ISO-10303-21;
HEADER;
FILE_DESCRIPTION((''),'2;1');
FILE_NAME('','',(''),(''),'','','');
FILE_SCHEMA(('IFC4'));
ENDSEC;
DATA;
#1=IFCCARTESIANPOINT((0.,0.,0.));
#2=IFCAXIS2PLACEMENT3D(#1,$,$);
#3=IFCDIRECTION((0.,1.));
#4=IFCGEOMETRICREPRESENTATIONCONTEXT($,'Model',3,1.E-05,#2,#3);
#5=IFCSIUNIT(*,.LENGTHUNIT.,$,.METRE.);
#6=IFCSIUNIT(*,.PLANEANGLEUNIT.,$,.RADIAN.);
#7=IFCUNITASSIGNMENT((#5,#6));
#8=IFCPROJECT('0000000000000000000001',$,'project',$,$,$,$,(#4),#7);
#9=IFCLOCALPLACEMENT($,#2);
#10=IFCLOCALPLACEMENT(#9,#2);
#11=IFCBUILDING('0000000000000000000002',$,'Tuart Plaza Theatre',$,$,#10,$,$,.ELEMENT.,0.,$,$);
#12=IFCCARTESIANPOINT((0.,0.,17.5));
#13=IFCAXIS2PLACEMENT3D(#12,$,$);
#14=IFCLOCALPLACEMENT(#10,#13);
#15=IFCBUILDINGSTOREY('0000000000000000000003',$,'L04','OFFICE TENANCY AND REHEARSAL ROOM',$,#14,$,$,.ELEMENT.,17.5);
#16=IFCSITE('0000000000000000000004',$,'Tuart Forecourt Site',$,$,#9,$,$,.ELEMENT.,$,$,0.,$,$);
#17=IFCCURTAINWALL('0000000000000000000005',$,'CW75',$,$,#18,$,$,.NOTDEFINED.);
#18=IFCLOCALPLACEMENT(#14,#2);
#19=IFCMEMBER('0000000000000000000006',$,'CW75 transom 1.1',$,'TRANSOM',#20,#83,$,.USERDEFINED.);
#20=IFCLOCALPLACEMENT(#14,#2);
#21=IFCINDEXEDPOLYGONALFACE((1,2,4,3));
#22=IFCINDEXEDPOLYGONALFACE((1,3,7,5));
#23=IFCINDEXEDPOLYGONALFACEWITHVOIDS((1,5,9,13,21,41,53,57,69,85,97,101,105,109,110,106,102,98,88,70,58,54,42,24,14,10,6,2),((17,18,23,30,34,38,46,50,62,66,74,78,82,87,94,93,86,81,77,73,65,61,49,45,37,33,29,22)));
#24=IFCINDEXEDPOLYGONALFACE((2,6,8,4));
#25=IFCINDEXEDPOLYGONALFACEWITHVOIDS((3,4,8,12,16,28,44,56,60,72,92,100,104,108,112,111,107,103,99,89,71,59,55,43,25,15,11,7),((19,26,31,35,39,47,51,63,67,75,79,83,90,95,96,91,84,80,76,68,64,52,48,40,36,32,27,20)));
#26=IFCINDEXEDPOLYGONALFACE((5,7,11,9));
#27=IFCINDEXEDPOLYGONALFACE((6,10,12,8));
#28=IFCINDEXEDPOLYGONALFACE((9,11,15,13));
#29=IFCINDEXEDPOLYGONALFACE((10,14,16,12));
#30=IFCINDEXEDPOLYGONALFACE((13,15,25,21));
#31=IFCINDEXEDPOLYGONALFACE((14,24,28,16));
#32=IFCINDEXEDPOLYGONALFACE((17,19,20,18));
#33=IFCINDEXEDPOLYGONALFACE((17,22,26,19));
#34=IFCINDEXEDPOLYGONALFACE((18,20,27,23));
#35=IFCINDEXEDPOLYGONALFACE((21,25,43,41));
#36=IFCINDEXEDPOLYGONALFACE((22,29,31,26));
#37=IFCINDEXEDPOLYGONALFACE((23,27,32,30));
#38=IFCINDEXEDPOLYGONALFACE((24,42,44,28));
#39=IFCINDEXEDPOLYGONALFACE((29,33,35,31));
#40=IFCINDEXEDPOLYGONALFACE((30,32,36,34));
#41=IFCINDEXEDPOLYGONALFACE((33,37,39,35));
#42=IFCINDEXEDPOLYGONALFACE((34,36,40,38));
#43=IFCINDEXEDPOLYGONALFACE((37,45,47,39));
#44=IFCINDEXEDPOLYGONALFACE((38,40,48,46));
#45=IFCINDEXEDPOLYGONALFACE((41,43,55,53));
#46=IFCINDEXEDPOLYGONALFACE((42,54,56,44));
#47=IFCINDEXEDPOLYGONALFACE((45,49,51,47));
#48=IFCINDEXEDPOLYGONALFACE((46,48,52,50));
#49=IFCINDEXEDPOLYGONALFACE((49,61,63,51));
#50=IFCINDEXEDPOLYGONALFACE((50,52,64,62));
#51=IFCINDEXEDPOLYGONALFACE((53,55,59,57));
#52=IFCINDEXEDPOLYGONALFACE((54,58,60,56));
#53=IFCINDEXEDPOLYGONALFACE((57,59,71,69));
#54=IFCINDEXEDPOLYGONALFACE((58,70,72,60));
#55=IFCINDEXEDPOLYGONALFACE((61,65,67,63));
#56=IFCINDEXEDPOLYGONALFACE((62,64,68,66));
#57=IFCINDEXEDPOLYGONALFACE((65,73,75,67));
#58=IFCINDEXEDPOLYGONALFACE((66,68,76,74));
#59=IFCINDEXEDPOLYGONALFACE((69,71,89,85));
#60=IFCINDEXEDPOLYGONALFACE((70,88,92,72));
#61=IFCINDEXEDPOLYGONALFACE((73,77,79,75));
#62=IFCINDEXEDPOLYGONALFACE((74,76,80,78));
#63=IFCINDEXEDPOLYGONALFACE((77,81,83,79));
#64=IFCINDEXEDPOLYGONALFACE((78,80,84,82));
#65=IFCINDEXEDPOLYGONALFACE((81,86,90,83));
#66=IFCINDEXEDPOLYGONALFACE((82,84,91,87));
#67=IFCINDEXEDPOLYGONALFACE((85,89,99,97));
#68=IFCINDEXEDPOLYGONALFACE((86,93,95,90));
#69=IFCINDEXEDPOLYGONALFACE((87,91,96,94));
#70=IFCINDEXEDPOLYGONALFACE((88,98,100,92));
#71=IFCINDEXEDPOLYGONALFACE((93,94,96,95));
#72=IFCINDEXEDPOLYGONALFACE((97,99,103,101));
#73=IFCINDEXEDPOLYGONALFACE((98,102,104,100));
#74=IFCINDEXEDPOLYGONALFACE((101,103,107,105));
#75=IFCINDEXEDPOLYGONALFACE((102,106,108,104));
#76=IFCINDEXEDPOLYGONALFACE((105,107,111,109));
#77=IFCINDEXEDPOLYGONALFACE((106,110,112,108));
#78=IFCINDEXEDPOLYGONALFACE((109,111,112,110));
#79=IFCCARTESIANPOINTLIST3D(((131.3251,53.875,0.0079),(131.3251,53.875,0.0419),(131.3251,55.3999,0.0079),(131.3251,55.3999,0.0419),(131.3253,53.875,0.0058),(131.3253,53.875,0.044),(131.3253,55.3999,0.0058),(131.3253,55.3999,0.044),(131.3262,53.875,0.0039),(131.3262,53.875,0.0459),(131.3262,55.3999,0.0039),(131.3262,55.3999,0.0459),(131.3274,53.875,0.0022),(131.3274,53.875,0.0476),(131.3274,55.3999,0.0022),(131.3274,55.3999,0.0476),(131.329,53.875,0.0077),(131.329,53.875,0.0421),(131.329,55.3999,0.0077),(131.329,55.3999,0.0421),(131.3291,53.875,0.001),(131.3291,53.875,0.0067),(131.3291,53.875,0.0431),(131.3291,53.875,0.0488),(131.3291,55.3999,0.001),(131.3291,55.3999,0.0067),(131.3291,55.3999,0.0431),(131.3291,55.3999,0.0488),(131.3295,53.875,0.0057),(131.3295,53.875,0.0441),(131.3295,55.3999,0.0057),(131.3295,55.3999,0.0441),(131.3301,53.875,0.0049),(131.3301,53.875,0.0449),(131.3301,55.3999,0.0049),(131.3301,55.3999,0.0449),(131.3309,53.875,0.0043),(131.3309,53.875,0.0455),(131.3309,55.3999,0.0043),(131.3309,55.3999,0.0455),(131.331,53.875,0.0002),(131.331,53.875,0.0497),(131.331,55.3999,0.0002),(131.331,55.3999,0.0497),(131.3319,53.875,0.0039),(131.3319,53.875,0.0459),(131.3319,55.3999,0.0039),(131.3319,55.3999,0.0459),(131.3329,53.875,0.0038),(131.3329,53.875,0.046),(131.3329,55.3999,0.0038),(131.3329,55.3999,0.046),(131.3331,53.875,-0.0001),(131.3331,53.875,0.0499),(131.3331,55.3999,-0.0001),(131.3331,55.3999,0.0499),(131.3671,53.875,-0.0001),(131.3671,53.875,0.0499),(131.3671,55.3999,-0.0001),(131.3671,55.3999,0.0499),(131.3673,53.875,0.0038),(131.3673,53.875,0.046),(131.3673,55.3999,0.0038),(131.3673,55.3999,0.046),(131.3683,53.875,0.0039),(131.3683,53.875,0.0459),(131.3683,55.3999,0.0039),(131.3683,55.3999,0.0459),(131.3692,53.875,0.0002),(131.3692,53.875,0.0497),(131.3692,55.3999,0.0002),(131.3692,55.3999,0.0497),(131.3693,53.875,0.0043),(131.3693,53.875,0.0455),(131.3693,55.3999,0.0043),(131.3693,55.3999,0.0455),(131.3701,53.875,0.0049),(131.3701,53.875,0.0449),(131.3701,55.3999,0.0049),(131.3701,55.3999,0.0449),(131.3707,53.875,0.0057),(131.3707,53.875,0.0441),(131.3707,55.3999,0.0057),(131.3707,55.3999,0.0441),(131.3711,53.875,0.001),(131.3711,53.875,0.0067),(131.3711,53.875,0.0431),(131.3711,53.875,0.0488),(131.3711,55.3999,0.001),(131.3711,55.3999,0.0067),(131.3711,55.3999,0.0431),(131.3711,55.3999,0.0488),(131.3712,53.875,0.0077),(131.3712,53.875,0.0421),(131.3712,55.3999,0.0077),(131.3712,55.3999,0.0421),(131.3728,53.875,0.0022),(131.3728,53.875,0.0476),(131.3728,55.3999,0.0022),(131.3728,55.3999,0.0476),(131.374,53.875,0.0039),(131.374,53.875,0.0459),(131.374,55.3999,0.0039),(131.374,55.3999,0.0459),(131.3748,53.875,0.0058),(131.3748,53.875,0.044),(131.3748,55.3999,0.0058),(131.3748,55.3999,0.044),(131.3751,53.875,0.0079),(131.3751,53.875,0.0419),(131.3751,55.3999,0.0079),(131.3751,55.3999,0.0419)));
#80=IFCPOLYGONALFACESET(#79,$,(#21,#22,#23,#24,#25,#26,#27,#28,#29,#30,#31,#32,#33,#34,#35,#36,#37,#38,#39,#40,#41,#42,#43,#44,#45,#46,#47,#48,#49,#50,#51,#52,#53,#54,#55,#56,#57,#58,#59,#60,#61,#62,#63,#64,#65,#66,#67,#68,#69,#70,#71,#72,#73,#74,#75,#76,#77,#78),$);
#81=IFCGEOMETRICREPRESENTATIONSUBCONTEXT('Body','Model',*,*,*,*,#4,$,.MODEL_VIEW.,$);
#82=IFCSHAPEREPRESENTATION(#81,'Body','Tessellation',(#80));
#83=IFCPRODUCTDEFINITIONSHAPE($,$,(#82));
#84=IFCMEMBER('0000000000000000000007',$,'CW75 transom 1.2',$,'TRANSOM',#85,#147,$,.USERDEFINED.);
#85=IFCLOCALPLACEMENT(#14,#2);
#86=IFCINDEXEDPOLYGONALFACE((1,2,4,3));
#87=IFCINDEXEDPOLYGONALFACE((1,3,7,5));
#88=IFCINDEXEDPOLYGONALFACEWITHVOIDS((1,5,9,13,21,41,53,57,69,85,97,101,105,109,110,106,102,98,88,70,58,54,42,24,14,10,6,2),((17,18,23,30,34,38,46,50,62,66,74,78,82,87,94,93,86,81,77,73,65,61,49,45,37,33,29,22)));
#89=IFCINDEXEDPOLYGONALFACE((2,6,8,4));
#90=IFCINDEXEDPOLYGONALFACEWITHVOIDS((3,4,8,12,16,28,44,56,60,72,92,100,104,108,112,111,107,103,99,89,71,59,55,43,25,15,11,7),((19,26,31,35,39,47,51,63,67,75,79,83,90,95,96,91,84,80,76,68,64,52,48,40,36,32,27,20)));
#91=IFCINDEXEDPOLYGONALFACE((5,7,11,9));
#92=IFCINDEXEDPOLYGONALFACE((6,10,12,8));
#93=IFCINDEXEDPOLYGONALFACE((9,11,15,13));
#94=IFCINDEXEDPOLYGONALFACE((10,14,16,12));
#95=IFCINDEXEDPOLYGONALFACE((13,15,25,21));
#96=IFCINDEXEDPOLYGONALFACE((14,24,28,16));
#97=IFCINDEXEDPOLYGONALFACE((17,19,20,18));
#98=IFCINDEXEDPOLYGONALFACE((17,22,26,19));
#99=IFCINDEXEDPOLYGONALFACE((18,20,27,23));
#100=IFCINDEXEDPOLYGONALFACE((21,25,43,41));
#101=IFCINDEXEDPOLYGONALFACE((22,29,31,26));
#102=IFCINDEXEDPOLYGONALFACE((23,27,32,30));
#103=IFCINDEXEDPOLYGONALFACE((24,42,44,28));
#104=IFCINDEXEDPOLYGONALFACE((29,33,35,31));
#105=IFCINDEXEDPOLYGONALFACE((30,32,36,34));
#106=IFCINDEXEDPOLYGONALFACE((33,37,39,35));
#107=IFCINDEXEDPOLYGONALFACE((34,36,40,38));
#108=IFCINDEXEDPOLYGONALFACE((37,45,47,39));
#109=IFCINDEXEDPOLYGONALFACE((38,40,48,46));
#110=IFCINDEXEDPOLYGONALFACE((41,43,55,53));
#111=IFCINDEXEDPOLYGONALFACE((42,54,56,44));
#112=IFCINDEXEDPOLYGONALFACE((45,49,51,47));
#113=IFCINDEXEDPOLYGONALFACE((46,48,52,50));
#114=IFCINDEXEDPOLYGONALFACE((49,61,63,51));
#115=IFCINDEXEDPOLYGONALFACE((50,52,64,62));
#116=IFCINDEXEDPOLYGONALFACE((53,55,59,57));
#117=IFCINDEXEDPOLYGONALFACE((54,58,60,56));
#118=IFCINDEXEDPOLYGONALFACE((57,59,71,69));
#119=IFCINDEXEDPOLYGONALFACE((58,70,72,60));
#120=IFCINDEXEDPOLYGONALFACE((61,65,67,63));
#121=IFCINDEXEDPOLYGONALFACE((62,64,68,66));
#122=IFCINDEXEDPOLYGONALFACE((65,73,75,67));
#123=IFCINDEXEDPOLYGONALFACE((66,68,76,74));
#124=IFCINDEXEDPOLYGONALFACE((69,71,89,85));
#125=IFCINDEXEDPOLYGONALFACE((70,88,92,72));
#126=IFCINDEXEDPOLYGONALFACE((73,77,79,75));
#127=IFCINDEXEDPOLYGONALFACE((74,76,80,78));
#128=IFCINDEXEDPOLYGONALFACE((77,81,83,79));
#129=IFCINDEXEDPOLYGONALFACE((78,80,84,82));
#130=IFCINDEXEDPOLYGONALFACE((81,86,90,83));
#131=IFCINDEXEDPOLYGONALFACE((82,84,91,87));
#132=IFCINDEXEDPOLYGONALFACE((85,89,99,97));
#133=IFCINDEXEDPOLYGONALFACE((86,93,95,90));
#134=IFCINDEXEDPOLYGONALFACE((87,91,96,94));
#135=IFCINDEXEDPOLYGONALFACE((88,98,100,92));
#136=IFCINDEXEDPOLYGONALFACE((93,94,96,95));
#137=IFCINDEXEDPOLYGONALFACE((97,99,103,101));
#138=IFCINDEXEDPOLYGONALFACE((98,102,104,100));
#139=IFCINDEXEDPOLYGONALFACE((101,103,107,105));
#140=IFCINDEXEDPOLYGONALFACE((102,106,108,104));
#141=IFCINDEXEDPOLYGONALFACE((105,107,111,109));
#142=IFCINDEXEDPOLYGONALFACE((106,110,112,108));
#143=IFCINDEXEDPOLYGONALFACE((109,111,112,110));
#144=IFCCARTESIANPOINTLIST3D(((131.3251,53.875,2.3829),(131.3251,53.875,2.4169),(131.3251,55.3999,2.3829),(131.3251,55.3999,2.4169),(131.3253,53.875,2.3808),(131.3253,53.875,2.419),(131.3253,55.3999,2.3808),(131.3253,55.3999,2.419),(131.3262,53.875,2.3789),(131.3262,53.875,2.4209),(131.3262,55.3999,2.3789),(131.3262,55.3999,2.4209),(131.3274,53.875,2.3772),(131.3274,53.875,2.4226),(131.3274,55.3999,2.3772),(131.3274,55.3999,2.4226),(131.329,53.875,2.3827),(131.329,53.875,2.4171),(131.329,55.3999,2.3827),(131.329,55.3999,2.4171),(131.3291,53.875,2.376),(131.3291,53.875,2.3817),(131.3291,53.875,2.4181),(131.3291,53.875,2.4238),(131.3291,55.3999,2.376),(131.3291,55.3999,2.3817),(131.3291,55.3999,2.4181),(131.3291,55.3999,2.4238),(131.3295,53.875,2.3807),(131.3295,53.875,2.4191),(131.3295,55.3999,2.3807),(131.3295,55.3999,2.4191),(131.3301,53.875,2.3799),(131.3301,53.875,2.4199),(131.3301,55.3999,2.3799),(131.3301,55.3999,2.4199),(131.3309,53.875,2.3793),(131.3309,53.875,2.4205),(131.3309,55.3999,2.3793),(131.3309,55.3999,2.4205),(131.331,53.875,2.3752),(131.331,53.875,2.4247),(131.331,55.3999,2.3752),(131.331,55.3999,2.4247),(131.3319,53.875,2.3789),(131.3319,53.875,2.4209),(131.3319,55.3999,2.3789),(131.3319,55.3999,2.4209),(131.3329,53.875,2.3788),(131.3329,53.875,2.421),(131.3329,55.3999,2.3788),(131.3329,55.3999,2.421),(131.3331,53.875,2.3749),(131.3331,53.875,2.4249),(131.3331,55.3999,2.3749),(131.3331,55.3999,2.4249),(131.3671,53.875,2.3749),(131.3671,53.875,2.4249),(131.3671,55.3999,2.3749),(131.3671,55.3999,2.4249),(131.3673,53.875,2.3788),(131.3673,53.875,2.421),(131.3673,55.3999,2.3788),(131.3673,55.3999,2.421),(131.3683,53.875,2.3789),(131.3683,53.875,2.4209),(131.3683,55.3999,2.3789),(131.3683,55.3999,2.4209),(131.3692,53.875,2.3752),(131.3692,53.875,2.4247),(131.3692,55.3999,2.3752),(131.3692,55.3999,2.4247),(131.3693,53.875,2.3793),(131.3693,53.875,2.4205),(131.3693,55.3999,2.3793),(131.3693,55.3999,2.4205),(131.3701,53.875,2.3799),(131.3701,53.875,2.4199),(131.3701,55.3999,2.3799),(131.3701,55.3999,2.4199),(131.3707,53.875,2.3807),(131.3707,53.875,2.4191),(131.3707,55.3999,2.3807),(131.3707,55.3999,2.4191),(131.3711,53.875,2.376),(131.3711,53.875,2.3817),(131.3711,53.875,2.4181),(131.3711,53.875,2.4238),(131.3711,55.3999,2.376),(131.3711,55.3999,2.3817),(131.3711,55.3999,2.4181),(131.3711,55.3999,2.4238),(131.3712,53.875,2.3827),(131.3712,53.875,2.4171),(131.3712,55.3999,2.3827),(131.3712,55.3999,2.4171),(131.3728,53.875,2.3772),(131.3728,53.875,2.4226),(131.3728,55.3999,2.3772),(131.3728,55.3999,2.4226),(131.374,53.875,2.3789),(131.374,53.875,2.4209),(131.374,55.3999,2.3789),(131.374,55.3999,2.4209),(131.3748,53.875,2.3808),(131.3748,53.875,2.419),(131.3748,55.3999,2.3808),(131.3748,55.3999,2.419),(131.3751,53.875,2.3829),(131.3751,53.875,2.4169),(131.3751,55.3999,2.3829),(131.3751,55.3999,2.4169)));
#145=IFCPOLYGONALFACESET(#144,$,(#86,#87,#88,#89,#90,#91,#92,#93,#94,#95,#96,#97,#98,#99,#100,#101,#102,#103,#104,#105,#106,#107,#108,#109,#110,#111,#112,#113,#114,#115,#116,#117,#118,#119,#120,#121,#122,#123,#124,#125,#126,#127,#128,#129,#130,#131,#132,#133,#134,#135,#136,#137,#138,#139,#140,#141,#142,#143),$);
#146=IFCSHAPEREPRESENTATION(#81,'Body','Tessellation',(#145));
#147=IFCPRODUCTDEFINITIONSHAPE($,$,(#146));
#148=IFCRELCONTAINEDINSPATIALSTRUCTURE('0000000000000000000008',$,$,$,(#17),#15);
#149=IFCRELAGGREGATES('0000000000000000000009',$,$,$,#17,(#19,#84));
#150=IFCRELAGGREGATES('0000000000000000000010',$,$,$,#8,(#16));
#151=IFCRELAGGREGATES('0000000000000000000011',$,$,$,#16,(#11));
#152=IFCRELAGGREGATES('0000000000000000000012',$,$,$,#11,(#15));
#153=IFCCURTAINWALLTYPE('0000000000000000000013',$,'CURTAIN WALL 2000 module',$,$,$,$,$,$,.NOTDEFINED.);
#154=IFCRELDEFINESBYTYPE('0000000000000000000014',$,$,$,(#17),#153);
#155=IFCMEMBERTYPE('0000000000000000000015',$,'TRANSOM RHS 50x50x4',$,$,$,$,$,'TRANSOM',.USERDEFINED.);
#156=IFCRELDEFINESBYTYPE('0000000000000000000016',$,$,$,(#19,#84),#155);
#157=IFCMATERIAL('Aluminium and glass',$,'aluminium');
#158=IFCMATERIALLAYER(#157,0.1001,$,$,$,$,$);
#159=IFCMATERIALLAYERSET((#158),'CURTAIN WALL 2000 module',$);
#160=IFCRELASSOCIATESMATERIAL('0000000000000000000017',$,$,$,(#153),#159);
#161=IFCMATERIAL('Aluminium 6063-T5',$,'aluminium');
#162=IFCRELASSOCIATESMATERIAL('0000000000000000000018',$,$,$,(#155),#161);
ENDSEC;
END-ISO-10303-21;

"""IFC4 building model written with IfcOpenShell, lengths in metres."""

from ifc_helpers import new_model, si_unit, direction, frame, origin, origin_2d, place, context, subcontext, project, spatial, hollow_rectangle, extrude, material, layer, layer_set, material_profile, profile_set, type_object, element, aggregate, save


model = new_model("IFC4")

# Units and contexts
model_context = context("Model", 3, precision=1e-05, world=origin(), true_north=direction((0.0, 1.0)))
body_context = subcontext(model_context, "Body", "Model", "MODEL_VIEW")
ifc_project = project(units=[si_unit("LENGTHUNIT", "METRE"), si_unit("PLANEANGLEUNIT", "RADIAN")], contexts=[model_context])

# Site, building, storey
site_placement = place(None, origin())
site = spatial("IfcSite", under=ifc_project, at=site_placement, Name="Tuart Forecourt Site", CompositionType="ELEMENT", RefElevation=0.0)
building_placement = place(site_placement, origin())
building = spatial("IfcBuilding", under=site, at=building_placement, Name="Tuart Plaza Theatre", CompositionType="ELEMENT", ElevationOfRefHeight=0.0)
storey_placement = place(building_placement, frame((0.0, 0.0, 17.5)))
storey = spatial("IfcBuildingStorey", under=building, at=storey_placement, Name="L04", Description="OFFICE TENANCY AND REHEARSAL ROOM", CompositionType="ELEMENT", Elevation=17.5)

# Curtain wall
ifc_material_1 = material(Name="Aluminium and glass", Category="aluminium")
ifc_layer_1 = layer(ifc_material_1, 0.1001)
ifc_layer_set_1 = layer_set([ifc_layer_1], Name="CURTAIN WALL 2000 module")
curtain_wall_type = type_object("IfcCurtainWallType", Name="CURTAIN WALL 2000 module", PredefinedType="NOTDEFINED", material=ifc_layer_set_1)
curtain_wall_1_placement = place(storey_placement, origin())
curtain_wall_1 = element("IfcCurtainWall", 1, at=curtain_wall_1_placement, inside=storey, type_object=curtain_wall_type, Name="CW75", PredefinedType="NOTDEFINED")

# Members
ifc_material_2 = material(Name="Aluminium 6063-T5", Category="aluminium")
ifc_material_profile_1 = material_profile(ifc_material_2, hollow_rectangle(XDim=0.05, YDim=0.05, WallThickness=0.0039, InnerFilletRadius=0.0039, OuterFilletRadius=0.0081, at=origin_2d()), Name="RHS 50x50x4")
ifc_profile_set_1 = profile_set([ifc_material_profile_1], Name="Aluminium 6063-T5")
member_type_1 = type_object("IfcMemberType", Name="TRANSOM RHS 50x50x4", ElementType="TRANSOM", PredefinedType="USERDEFINED", material=ifc_profile_set_1)
member_1_placement = place(storey_placement, frame((131.3501, 55.3999, 0.0249), z_axis=(0.0, -1.0, 0.0), x_axis=(1.0, 0.0, 0.0)))
member_1 = element("IfcMember", 2, at=member_1_placement, type_object=member_type_1, Name="CW75 transom 1.1", ObjectType="TRANSOM", PredefinedType="USERDEFINED", context=body_context, shape_type="SweptSolid", body=[
    extrude(hollow_rectangle(XDim=0.05, YDim=0.05, WallThickness=0.0039, InnerFilletRadius=0.0039, OuterFilletRadius=0.0081, at=origin_2d()), origin(), (0.0, 0.0, 1.0), 1.5249),
])
member_2_placement = place(storey_placement, frame((131.3501, 55.3999, 2.3999), z_axis=(0.0, -1.0, 0.0), x_axis=(1.0, 0.0, 0.0)))
member_2 = element("IfcMember", 3, at=member_2_placement, type_object=member_type_1, Name="CW75 transom 1.2", ObjectType="TRANSOM", PredefinedType="USERDEFINED", context=body_context, shape_type="SweptSolid", body=[
    extrude(hollow_rectangle(XDim=0.05, YDim=0.05, WallThickness=0.0039, InnerFilletRadius=0.0039, OuterFilletRadius=0.0081, at=origin_2d()), origin(), (0.0, 0.0, 1.0), 1.5249),
])
aggregate(curtain_wall_1, [member_1, member_2])

save(model, "model.ifc")
